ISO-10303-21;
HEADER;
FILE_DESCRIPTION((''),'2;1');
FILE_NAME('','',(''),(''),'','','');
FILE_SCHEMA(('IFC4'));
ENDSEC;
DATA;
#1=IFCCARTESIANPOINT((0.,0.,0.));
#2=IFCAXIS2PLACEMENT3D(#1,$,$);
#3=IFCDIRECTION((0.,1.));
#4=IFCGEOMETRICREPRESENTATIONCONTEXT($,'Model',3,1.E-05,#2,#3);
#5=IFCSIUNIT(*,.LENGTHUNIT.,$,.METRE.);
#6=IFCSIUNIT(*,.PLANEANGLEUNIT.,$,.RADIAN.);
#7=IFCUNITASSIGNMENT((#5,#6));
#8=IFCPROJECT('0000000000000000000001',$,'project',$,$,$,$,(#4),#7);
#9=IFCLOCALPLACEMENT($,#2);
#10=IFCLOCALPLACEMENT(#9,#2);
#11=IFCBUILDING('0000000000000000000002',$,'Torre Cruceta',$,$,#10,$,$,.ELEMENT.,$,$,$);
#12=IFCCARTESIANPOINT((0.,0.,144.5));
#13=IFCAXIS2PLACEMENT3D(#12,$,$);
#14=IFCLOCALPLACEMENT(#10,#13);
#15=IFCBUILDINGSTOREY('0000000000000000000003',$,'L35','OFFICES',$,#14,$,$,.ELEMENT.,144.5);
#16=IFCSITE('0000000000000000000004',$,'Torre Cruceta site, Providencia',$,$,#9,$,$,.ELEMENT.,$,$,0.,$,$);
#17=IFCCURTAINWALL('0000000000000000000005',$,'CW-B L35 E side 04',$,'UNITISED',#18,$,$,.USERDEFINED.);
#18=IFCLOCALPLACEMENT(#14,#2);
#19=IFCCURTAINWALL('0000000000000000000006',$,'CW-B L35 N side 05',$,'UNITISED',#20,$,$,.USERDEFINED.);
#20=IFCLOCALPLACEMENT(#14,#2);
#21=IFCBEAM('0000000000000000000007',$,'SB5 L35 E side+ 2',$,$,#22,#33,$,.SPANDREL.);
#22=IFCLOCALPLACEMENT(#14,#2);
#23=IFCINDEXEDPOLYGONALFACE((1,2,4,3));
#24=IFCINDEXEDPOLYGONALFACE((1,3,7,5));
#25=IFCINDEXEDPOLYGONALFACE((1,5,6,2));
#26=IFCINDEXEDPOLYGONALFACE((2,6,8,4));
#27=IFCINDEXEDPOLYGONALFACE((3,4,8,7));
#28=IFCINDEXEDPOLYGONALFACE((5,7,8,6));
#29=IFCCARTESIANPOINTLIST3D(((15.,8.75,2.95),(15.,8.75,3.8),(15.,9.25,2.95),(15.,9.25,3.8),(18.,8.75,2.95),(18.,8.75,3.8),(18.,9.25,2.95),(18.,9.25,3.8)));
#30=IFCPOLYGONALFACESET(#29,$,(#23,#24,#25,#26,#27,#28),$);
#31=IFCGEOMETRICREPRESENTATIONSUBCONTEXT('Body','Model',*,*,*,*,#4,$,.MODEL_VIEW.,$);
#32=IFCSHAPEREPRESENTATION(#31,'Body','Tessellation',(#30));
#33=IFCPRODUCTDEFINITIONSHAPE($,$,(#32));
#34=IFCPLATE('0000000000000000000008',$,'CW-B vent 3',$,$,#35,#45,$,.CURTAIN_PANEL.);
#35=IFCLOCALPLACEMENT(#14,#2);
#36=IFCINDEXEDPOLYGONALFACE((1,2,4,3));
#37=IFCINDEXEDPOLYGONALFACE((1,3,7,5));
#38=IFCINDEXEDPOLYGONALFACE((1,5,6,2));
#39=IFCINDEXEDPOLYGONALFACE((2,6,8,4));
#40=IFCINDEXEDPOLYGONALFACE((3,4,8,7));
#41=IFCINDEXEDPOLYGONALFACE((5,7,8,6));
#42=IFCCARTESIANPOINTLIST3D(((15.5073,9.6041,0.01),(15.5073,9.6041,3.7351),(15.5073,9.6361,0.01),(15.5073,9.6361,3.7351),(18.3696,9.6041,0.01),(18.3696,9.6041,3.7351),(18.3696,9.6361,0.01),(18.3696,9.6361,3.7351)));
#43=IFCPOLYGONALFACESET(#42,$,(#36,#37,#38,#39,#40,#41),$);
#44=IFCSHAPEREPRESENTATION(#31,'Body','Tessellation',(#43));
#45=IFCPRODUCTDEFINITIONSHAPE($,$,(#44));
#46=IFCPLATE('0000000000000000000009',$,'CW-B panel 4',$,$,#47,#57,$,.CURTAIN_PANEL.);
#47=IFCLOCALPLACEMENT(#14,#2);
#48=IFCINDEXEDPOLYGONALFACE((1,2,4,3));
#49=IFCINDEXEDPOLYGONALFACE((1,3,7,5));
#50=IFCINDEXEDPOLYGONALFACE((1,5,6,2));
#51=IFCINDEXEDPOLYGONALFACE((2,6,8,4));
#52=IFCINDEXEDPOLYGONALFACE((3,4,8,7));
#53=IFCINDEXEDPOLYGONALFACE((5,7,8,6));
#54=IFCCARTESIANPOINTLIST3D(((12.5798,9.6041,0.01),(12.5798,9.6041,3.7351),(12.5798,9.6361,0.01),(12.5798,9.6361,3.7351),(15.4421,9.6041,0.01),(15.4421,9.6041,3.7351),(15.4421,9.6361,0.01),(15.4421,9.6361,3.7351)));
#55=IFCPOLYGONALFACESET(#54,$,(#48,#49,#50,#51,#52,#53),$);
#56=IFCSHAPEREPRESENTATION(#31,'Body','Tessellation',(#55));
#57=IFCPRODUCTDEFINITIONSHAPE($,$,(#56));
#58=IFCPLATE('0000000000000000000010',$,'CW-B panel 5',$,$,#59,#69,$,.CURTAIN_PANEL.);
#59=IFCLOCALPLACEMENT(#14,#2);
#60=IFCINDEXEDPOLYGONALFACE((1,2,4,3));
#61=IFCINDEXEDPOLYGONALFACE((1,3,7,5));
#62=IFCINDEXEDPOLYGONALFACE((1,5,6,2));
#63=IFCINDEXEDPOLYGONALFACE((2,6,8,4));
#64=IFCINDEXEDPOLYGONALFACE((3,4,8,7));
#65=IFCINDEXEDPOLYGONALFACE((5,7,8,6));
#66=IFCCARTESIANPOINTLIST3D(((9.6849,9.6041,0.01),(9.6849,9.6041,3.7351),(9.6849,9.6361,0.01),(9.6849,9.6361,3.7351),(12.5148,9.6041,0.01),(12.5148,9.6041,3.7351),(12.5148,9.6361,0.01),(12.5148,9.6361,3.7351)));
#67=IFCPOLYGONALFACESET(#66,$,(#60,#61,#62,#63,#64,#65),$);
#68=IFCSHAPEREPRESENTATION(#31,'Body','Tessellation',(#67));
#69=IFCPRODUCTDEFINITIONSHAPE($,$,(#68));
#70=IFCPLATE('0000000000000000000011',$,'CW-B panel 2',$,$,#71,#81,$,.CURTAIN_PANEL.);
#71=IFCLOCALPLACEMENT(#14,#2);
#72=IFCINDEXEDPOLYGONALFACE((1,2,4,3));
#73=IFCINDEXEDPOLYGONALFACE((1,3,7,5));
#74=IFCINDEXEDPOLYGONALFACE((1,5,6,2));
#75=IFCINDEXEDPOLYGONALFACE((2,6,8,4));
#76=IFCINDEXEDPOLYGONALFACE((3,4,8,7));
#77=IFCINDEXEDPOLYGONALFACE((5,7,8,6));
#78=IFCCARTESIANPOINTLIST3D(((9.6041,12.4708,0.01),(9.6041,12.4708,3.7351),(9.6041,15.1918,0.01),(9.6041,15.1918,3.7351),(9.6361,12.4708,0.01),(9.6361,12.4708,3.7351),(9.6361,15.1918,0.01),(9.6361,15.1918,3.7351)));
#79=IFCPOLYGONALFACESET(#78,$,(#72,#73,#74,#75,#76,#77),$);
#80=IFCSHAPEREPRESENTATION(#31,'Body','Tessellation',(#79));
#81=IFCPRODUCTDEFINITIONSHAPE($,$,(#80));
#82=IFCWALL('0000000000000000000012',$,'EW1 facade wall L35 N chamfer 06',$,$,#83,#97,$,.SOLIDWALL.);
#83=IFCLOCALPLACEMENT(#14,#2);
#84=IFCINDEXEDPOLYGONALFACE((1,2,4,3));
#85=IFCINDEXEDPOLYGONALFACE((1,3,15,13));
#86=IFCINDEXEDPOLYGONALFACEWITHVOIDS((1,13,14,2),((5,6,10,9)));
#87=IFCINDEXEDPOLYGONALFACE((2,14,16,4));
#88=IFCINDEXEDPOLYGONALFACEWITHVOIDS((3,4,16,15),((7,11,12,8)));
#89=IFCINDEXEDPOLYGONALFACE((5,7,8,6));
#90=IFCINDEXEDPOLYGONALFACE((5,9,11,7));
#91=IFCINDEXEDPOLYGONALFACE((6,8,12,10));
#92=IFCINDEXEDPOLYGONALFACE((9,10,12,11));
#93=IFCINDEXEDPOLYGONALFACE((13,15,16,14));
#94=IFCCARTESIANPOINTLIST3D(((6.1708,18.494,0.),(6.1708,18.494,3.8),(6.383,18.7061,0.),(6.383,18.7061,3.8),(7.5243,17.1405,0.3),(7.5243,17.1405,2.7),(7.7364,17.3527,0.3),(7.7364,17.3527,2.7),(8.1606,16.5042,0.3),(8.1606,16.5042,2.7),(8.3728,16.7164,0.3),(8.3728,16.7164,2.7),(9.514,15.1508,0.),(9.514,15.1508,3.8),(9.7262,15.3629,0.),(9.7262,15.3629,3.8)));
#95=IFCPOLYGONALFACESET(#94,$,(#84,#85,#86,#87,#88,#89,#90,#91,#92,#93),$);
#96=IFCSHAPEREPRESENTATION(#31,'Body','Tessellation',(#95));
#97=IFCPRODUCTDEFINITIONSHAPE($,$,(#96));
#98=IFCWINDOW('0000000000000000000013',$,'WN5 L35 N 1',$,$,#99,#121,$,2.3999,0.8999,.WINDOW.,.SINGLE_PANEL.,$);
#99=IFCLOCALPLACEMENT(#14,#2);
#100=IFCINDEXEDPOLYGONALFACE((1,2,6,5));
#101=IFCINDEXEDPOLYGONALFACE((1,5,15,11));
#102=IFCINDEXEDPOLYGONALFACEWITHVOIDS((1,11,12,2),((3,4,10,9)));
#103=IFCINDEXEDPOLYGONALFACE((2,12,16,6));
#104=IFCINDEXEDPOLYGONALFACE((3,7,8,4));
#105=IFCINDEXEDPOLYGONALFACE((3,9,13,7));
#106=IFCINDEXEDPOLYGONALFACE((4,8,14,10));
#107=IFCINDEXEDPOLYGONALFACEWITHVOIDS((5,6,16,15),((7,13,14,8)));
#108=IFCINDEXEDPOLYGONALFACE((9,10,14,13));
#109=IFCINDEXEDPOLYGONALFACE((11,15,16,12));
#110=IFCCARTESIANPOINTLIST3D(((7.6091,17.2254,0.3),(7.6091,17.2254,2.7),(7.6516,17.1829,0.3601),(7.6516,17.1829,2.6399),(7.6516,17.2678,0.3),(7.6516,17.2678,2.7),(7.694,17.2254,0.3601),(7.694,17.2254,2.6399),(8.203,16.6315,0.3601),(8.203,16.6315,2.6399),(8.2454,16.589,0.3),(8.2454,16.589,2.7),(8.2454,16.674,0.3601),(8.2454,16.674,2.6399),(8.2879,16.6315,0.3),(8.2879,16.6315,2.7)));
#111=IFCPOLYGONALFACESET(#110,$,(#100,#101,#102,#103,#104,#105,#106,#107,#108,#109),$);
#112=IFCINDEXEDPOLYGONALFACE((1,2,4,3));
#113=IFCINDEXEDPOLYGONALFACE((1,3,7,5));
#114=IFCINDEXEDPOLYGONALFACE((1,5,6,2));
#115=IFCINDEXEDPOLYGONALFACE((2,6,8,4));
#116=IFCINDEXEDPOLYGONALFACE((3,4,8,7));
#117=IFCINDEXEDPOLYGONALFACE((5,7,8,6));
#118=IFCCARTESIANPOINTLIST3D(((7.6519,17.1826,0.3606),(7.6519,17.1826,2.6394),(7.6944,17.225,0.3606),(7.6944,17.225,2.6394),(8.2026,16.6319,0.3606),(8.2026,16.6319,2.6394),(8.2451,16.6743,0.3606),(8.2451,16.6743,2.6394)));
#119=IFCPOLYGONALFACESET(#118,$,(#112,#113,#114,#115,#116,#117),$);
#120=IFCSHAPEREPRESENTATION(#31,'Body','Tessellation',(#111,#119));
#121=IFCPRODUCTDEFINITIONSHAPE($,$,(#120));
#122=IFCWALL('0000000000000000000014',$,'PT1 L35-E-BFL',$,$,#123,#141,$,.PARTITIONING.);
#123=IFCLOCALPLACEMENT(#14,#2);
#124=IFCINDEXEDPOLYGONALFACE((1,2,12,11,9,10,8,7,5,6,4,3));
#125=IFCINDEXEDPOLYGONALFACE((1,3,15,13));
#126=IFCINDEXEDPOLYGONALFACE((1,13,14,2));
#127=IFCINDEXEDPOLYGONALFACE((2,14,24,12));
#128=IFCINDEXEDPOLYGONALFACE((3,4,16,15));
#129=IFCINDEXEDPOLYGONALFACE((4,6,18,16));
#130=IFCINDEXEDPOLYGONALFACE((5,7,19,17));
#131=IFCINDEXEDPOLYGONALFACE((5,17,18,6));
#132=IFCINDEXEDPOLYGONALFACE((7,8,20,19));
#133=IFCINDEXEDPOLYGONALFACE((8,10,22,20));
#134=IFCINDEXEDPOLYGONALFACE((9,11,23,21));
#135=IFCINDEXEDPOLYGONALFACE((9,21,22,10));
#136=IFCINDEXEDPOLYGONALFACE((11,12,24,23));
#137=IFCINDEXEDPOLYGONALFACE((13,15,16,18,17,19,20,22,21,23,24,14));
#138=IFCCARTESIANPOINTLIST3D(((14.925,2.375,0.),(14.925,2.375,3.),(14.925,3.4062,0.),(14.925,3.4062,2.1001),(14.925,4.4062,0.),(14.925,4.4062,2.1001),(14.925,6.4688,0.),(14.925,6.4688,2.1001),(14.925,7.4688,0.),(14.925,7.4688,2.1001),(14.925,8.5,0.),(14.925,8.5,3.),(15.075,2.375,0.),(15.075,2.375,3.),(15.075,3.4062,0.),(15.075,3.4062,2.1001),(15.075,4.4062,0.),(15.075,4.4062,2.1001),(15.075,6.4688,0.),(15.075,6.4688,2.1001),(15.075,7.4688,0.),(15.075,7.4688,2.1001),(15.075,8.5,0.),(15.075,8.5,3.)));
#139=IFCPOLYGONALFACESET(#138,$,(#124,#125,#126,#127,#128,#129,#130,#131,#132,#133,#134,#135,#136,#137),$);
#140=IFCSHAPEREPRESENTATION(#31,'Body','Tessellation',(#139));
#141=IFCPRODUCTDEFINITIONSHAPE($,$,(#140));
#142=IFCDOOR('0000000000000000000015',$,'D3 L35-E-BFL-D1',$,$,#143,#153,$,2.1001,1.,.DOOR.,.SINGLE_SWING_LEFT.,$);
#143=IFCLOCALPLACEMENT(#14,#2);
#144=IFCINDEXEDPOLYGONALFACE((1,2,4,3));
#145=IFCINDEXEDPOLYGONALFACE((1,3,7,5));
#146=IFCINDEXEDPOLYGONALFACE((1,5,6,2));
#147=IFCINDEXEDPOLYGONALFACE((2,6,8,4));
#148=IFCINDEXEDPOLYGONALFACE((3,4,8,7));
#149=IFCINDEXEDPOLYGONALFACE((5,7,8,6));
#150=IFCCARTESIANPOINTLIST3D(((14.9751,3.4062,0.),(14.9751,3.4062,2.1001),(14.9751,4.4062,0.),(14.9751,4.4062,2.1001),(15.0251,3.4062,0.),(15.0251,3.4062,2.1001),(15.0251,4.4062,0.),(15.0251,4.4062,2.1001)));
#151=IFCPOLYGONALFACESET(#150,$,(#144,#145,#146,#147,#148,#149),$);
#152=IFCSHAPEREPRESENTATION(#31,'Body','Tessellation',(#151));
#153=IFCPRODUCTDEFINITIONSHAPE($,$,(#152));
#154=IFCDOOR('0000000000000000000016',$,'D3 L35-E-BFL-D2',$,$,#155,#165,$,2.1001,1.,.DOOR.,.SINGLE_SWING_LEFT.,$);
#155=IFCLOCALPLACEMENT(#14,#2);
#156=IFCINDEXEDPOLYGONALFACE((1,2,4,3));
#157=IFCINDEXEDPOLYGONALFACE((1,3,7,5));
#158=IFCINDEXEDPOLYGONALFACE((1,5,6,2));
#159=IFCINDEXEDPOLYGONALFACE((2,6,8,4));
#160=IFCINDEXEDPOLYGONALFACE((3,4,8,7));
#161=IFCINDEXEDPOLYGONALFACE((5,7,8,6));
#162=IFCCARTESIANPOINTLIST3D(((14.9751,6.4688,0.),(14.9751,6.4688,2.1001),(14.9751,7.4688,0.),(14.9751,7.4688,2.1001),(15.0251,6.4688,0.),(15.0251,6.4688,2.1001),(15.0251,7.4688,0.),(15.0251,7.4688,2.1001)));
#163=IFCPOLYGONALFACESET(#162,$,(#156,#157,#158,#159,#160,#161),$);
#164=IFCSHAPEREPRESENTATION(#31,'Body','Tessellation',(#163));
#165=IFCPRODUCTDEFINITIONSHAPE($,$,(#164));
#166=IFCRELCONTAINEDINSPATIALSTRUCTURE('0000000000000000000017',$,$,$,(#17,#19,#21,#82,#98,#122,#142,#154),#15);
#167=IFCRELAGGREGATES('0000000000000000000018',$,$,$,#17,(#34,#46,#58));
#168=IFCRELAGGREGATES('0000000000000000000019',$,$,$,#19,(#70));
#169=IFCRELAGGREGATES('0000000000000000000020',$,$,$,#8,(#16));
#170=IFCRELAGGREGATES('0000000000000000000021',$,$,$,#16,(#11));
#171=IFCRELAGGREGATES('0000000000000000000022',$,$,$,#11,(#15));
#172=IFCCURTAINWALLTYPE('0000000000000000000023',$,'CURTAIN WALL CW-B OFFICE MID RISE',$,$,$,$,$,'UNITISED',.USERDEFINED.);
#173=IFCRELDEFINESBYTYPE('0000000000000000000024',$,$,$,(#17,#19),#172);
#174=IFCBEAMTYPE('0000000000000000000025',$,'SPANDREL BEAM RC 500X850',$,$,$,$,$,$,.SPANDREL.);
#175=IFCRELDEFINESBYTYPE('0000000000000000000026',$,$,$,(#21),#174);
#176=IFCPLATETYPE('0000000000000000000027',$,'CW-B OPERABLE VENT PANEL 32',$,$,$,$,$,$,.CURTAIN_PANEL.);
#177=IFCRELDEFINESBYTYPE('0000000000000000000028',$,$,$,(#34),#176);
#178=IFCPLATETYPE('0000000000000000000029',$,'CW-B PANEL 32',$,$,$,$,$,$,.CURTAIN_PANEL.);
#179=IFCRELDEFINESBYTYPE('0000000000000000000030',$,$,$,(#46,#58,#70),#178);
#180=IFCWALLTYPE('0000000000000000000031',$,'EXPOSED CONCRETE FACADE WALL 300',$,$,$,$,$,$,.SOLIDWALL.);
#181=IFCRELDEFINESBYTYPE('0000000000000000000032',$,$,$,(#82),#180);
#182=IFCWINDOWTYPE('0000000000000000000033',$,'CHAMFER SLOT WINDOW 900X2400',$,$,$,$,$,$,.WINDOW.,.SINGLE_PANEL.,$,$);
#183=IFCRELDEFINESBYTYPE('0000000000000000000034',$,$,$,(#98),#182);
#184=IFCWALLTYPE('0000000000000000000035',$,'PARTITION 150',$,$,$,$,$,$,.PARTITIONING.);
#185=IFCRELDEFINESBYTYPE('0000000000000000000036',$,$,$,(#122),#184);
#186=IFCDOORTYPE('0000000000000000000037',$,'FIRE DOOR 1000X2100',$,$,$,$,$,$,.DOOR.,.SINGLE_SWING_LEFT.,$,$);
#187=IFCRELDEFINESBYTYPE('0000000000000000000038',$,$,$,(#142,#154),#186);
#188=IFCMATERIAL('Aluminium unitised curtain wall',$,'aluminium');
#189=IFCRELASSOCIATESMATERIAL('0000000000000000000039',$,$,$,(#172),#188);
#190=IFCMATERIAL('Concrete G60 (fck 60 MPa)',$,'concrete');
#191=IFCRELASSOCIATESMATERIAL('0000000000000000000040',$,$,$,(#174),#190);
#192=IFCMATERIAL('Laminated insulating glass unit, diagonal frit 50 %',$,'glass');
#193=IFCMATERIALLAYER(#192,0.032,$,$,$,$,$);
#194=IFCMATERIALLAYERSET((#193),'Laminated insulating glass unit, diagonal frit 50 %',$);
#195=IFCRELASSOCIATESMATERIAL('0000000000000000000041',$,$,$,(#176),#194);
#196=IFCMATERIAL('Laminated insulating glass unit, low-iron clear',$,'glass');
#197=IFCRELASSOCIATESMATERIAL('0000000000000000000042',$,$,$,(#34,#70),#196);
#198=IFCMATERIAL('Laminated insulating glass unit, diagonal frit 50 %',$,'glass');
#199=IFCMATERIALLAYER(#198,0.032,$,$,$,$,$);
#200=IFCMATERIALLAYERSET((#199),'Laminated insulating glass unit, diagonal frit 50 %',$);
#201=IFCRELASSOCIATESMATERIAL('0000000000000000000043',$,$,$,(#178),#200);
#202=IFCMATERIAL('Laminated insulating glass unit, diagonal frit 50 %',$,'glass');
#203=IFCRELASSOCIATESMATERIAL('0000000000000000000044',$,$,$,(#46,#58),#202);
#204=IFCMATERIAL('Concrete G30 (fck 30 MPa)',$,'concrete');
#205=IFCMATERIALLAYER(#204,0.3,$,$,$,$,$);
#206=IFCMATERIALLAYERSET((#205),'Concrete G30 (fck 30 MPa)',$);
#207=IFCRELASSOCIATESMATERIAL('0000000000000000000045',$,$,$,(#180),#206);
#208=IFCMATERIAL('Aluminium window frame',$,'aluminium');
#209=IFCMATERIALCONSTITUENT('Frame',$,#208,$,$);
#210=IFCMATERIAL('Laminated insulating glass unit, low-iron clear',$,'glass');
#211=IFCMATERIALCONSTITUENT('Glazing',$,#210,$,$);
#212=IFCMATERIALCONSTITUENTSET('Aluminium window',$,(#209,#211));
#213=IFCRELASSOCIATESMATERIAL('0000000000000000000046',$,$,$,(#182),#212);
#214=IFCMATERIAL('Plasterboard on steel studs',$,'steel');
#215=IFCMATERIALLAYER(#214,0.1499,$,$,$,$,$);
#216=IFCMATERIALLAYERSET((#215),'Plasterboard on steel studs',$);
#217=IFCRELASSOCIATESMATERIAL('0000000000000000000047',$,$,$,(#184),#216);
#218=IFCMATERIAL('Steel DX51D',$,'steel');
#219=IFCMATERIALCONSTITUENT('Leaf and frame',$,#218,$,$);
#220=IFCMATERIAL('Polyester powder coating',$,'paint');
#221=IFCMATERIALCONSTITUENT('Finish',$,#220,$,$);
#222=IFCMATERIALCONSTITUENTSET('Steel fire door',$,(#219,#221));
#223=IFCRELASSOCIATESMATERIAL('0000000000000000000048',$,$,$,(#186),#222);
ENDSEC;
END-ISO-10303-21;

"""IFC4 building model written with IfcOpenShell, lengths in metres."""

from ifc_helpers import new_model, si_unit, direction, frame, frame_2d, origin, origin_2d, place, context, subcontext, project, spatial, rectangle, hollow_rectangle, extrude, material, layer, layer_set, constituent, constituent_set, material_profile, profile_set, type_object, element, fill, aggregate, save


model = new_model("IFC4")

# Units and contexts
model_context = context("Model", 3, precision=1e-05, world=origin(), true_north=direction((0.0, 1.0)))
body_context = subcontext(model_context, "Body", "Model", "MODEL_VIEW")
ifc_project = project(units=[si_unit("LENGTHUNIT", "METRE"), si_unit("PLANEANGLEUNIT", "RADIAN")], contexts=[model_context])

# Site, building, storey
site_placement = place(None, origin())
site = spatial("IfcSite", under=ifc_project, at=site_placement, Name="Torre Cruceta site, Providencia", CompositionType="ELEMENT", RefElevation=0.0)
building_placement = place(site_placement, origin())
building = spatial("IfcBuilding", under=site, at=building_placement, Name="Torre Cruceta", CompositionType="ELEMENT")
storey_placement = place(building_placement, frame((0.0, 0.0, 144.5)))
storey = spatial("IfcBuildingStorey", under=building, at=storey_placement, Name="L35", Description="OFFICES", CompositionType="ELEMENT", Elevation=144.5)

# Curtain wall
ifc_material_1 = material(Name="Aluminium unitised curtain wall", Category="aluminium")
curtain_wall_type = type_object("IfcCurtainWallType", Name="CURTAIN WALL CW-B OFFICE MID RISE", ElementType="UNITISED", PredefinedType="USERDEFINED", material=ifc_material_1)
curtain_wall_1_placement = place(storey_placement, origin())
curtain_wall_1 = element("IfcCurtainWall", 1, at=curtain_wall_1_placement, inside=storey, type_object=curtain_wall_type, Name="CW-B L35 E side 04", ObjectType="UNITISED", PredefinedType="USERDEFINED")

# Curtain wall
curtain_wall_2_placement = place(storey_placement, origin())
curtain_wall_2 = element("IfcCurtainWall", 2, at=curtain_wall_2_placement, inside=storey, type_object=curtain_wall_type, Name="CW-B L35 N side 05", ObjectType="UNITISED", PredefinedType="USERDEFINED")

# Beam
ifc_material_2 = material(Name="Concrete G60 (fck 60 MPa)", Category="concrete")
ifc_material_profile_1 = material_profile(ifc_material_2, rectangle(XDim=0.5, YDim=0.8501, at=origin_2d()), Name="RC 500X850")
ifc_profile_set_1 = profile_set([ifc_material_profile_1], Name="Concrete G60 (fck 60 MPa)")
beam_type_1 = type_object("IfcBeamType", Name="SPANDREL BEAM RC 500X850", PredefinedType="SPANDREL", material=ifc_profile_set_1)
beam_1_placement = place(storey_placement, frame((15.0, 9.0, 3.375), z_axis=(1.0, 0.0, 0.0), x_axis=(0.0, 1.0, 0.0)))
element("IfcBeam", 3, at=beam_1_placement, inside=storey, type_object=beam_type_1, Name="SB5 L35 E side+ 2", PredefinedType="SPANDREL", context=body_context, shape_type="SweptSolid", body=[
    extrude(rectangle(XDim=0.5, YDim=0.8501, at=origin_2d()), origin(), (0.0, 0.0, 1.0), 3.0),
])

# Plates
ifc_material_3 = material(Name="Laminated insulating glass unit, low-iron clear", Category="glass")
ifc_material_4 = material(Name="Laminated insulating glass unit, diagonal frit 50 %", Category="glass")
ifc_layer_1 = layer(ifc_material_4, 0.032)
ifc_layer_set_1 = layer_set([ifc_layer_1], Name="Laminated insulating glass unit, diagonal frit 50 %")
plate_type_1 = type_object("IfcPlateType", Name="CW-B OPERABLE VENT PANEL 32", PredefinedType="CURTAIN_PANEL", material=ifc_layer_set_1)
plate_1_placement = place(storey_placement, frame((16.9385, 9.6201, 0.01), z_axis=(0.0, 0.0, 1.0), x_axis=(-1.0, 0.0, 0.0)))
plate_1 = element("IfcPlate", 4, at=plate_1_placement, type_object=plate_type_1, material=ifc_material_3, Name="CW-B vent 3", PredefinedType="CURTAIN_PANEL", context=body_context, shape_type="SweptSolid", body=[
    extrude(rectangle(XDim=2.8623, YDim=0.032, at=origin_2d()), origin(), (0.0, 0.0, 1.0), 3.7251),
])
ifc_material_5 = material(Name="Laminated insulating glass unit, diagonal frit 50 %", Category="glass")
ifc_material_6 = material(Name="Laminated insulating glass unit, diagonal frit 50 %", Category="glass")
ifc_layer_2 = layer(ifc_material_6, 0.032)
ifc_layer_set_2 = layer_set([ifc_layer_2], Name="Laminated insulating glass unit, diagonal frit 50 %")
plate_type_2 = type_object("IfcPlateType", Name="CW-B PANEL 32", PredefinedType="CURTAIN_PANEL", material=ifc_layer_set_2)
plate_2_placement = place(storey_placement, frame((14.011, 9.6201, 0.01), z_axis=(0.0, 0.0, 1.0), x_axis=(-1.0, 0.0, 0.0)))
plate_2 = element("IfcPlate", 5, at=plate_2_placement, type_object=plate_type_2, material=ifc_material_5, Name="CW-B panel 4", PredefinedType="CURTAIN_PANEL", context=body_context, shape_type="SweptSolid", body=[
    extrude(rectangle(XDim=2.8623, YDim=0.032, at=origin_2d()), origin(), (0.0, 0.0, 1.0), 3.7251),
])
plate_3_placement = place(storey_placement, frame((11.0999, 9.6201, 0.01), z_axis=(0.0, 0.0, 1.0), x_axis=(-1.0, 0.0, 0.0)))
plate_3 = element("IfcPlate", 6, at=plate_3_placement, type_object=plate_type_2, material=ifc_material_5, Name="CW-B panel 5", PredefinedType="CURTAIN_PANEL", context=body_context, shape_type="SweptSolid", body=[
    extrude(rectangle(XDim=2.8298, YDim=0.032, at=origin_2d()), origin(), (0.0, 0.0, 1.0), 3.7251),
])
aggregate(curtain_wall_1, [plate_1, plate_2, plate_3])
plate_4_placement = place(storey_placement, frame((9.6201, 13.8313, 0.01), z_axis=(0.0, 0.0, 1.0), x_axis=(0.0, 1.0, 0.0)))
plate_4 = element("IfcPlate", 7, at=plate_4_placement, type_object=plate_type_2, material=ifc_material_3, Name="CW-B panel 2", PredefinedType="CURTAIN_PANEL", context=body_context, shape_type="SweptSolid", body=[
    extrude(rectangle(XDim=2.7209, YDim=0.032, at=origin_2d()), origin(), (0.0, 0.0, 1.0), 3.7251),
])
aggregate(curtain_wall_2, [plate_4])

# Wall, opening, window
ifc_material_7 = material(Name="Concrete G30 (fck 30 MPa)", Category="concrete")
ifc_layer_3 = layer(ifc_material_7, 0.3)
ifc_layer_set_3 = layer_set([ifc_layer_3], Name="Concrete G30 (fck 30 MPa)")
wall_type_1 = type_object("IfcWallType", Name="EXPOSED CONCRETE FACADE WALL 300", PredefinedType="SOLIDWALL", material=ifc_layer_set_3)
wall_1_placement = place(storey_placement, frame((9.6201, 15.2568, 0.0), z_axis=(0.0, 0.0, 1.0), x_axis=(-0.707107, 0.707107, 0.0)))
wall_1 = element("IfcWall", 8, at=wall_1_placement, inside=storey, type_object=wall_type_1, Name="EW1 facade wall L35 N chamfer 06", PredefinedType="SOLIDWALL", context=body_context, shape_type="SweptSolid", body=[
    extrude(rectangle(XDim=4.728, YDim=0.3, at=frame_2d((2.364, 0.0))), origin(), (0.0, 0.0, 1.0), 3.8),
])
opening_1_placement = place(wall_1_placement, frame((1.9141, 0.0, 0.3)))
opening_1 = element("IfcOpeningElement", 9, at=opening_1_placement, cuts=wall_1, PredefinedType="OPENING", context=body_context, shape_type="SweptSolid", body=[
    extrude(rectangle(XDim=0.8999, YDim=2.3999, at=frame_2d((0.45, 1.2))), frame((0.0, 0.1599, 0.0), z_axis=(0.0, -1.0, 0.0), x_axis=(1.0, 0.0, 0.0)), (0.0, 0.0, 1.0), 0.3201),
])
ifc_material_8 = material(Name="Aluminium window frame", Category="aluminium")
ifc_constituent_1 = constituent(ifc_material_8, Name="Frame")
ifc_material_9 = material(Name="Laminated insulating glass unit, low-iron clear", Category="glass")
ifc_constituent_2 = constituent(ifc_material_9, Name="Glazing")
ifc_constituent_set_1 = constituent_set(constituents=[ifc_constituent_1, ifc_constituent_2], Name="Aluminium window")
window_type = type_object("IfcWindowType", Name="CHAMFER SLOT WINDOW 900X2400", PartitioningType="SINGLE_PANEL", PredefinedType="WINDOW", material=ifc_constituent_set_1)
window_placement = place(opening_1_placement, origin())
window = element("IfcWindow", 10, at=window_placement, inside=storey, type_object=window_type, Name="WN5 L35 N 1", OverallHeight=2.3999, OverallWidth=0.8999, PartitioningType="SINGLE_PANEL", PredefinedType="WINDOW", context=body_context, shape_type="SweptSolid", body=[
    extrude(hollow_rectangle(XDim=0.8999, YDim=2.3999, WallThickness=0.0601, at=frame_2d((0.45, 1.2))), frame((0.0, 0.03, 0.0), z_axis=(0.0, -1.0, 0.0), x_axis=(1.0, 0.0, 0.0)), (0.0, 0.0, 1.0), 0.0601),
    extrude(rectangle(XDim=0.7788, YDim=2.2788, at=frame_2d((0.45, 1.2))), frame((0.0, 0.03, 0.0), z_axis=(0.0, -1.0, 0.0), x_axis=(1.0, 0.0, 0.0)), (0.0, 0.0, 1.0), 0.0601),
])
fill(opening_1, window)

# Wall, openings, doors
ifc_material_10 = material(Name="Plasterboard on steel studs", Category="steel")
ifc_layer_4 = layer(ifc_material_10, 0.1499)
ifc_layer_set_4 = layer_set([ifc_layer_4], Name="Plasterboard on steel studs")
wall_type_2 = type_object("IfcWallType", Name="PARTITION 150", PredefinedType="PARTITIONING", material=ifc_layer_set_4)
wall_2_placement = place(storey_placement, frame((15.0, 2.375, 0.0), z_axis=(0.0, 0.0, 1.0), x_axis=(0.0, 1.0, 0.0)))
wall_2 = element("IfcWall", 11, at=wall_2_placement, inside=storey, type_object=wall_type_2, Name="PT1 L35-E-BFL", PredefinedType="PARTITIONING", context=body_context, shape_type="SweptSolid", body=[
    extrude(rectangle(XDim=6.125, YDim=0.1499, at=frame_2d((3.0625, 0.0))), origin(), (0.0, 0.0, 1.0), 3.0),
])
opening_2_placement = place(wall_2_placement, frame((1.0312, 0.0, 0.0)))
opening_2 = element("IfcOpeningElement", 12, at=opening_2_placement, cuts=wall_2, PredefinedType="OPENING", context=body_context, shape_type="SweptSolid", body=[
    extrude(rectangle(XDim=1.0, YDim=2.1001, at=frame_2d((0.5, 1.05))), frame((0.0, 0.085, 0.0), z_axis=(0.0, -1.0, 0.0), x_axis=(1.0, 0.0, 0.0)), (0.0, 0.0, 1.0), 0.1699),
])
opening_3_placement = place(wall_2_placement, frame((4.0938, 0.0, 0.0)))
opening_3 = element("IfcOpeningElement", 13, at=opening_3_placement, cuts=wall_2, PredefinedType="OPENING", context=body_context, shape_type="SweptSolid", body=[
    extrude(rectangle(XDim=1.0, YDim=2.1001, at=frame_2d((0.5, 1.05))), frame((0.0, 0.085, 0.0), z_axis=(0.0, -1.0, 0.0), x_axis=(1.0, 0.0, 0.0)), (0.0, 0.0, 1.0), 0.1699),
])
ifc_material_11 = material(Name="Steel DX51D", Category="steel")
ifc_constituent_3 = constituent(ifc_material_11, Name="Leaf and frame")
ifc_material_12 = material(Name="Polyester powder coating", Category="paint")
ifc_constituent_4 = constituent(ifc_material_12, Name="Finish")
ifc_constituent_set_2 = constituent_set(constituents=[ifc_constituent_3, ifc_constituent_4], Name="Steel fire door")
door_type = type_object("IfcDoorType", Name="FIRE DOOR 1000X2100", OperationType="SINGLE_SWING_LEFT", PredefinedType="DOOR", material=ifc_constituent_set_2)
door_1_placement = place(opening_2_placement, origin())
door_1 = element("IfcDoor", 14, at=door_1_placement, inside=storey, type_object=door_type, Name="D3 L35-E-BFL-D1", OperationType="SINGLE_SWING_LEFT", OverallHeight=2.1001, OverallWidth=1.0, PredefinedType="DOOR", context=body_context, shape_type="SweptSolid", body=[
    extrude(rectangle(XDim=1.0, YDim=2.1001, at=frame_2d((0.5, 1.05))), frame((0.0, 0.0249, 0.0), z_axis=(0.0, -1.0, 0.0), x_axis=(1.0, 0.0, 0.0)), (0.0, 0.0, 1.0), 0.05),
])
fill(opening_2, door_1)
door_2_placement = place(opening_3_placement, origin())
door_2 = element("IfcDoor", 15, at=door_2_placement, inside=storey, type_object=door_type, Name="D3 L35-E-BFL-D2", OperationType="SINGLE_SWING_LEFT", OverallHeight=2.1001, OverallWidth=1.0, PredefinedType="DOOR", context=body_context, shape_type="SweptSolid", body=[
    extrude(rectangle(XDim=1.0, YDim=2.1001, at=frame_2d((0.5, 1.05))), frame((0.0, 0.0249, 0.0), z_axis=(0.0, -1.0, 0.0), x_axis=(1.0, 0.0, 0.0)), (0.0, 0.0, 1.0), 0.05),
])
fill(opening_3, door_2)

save(model, "model.ifc")
